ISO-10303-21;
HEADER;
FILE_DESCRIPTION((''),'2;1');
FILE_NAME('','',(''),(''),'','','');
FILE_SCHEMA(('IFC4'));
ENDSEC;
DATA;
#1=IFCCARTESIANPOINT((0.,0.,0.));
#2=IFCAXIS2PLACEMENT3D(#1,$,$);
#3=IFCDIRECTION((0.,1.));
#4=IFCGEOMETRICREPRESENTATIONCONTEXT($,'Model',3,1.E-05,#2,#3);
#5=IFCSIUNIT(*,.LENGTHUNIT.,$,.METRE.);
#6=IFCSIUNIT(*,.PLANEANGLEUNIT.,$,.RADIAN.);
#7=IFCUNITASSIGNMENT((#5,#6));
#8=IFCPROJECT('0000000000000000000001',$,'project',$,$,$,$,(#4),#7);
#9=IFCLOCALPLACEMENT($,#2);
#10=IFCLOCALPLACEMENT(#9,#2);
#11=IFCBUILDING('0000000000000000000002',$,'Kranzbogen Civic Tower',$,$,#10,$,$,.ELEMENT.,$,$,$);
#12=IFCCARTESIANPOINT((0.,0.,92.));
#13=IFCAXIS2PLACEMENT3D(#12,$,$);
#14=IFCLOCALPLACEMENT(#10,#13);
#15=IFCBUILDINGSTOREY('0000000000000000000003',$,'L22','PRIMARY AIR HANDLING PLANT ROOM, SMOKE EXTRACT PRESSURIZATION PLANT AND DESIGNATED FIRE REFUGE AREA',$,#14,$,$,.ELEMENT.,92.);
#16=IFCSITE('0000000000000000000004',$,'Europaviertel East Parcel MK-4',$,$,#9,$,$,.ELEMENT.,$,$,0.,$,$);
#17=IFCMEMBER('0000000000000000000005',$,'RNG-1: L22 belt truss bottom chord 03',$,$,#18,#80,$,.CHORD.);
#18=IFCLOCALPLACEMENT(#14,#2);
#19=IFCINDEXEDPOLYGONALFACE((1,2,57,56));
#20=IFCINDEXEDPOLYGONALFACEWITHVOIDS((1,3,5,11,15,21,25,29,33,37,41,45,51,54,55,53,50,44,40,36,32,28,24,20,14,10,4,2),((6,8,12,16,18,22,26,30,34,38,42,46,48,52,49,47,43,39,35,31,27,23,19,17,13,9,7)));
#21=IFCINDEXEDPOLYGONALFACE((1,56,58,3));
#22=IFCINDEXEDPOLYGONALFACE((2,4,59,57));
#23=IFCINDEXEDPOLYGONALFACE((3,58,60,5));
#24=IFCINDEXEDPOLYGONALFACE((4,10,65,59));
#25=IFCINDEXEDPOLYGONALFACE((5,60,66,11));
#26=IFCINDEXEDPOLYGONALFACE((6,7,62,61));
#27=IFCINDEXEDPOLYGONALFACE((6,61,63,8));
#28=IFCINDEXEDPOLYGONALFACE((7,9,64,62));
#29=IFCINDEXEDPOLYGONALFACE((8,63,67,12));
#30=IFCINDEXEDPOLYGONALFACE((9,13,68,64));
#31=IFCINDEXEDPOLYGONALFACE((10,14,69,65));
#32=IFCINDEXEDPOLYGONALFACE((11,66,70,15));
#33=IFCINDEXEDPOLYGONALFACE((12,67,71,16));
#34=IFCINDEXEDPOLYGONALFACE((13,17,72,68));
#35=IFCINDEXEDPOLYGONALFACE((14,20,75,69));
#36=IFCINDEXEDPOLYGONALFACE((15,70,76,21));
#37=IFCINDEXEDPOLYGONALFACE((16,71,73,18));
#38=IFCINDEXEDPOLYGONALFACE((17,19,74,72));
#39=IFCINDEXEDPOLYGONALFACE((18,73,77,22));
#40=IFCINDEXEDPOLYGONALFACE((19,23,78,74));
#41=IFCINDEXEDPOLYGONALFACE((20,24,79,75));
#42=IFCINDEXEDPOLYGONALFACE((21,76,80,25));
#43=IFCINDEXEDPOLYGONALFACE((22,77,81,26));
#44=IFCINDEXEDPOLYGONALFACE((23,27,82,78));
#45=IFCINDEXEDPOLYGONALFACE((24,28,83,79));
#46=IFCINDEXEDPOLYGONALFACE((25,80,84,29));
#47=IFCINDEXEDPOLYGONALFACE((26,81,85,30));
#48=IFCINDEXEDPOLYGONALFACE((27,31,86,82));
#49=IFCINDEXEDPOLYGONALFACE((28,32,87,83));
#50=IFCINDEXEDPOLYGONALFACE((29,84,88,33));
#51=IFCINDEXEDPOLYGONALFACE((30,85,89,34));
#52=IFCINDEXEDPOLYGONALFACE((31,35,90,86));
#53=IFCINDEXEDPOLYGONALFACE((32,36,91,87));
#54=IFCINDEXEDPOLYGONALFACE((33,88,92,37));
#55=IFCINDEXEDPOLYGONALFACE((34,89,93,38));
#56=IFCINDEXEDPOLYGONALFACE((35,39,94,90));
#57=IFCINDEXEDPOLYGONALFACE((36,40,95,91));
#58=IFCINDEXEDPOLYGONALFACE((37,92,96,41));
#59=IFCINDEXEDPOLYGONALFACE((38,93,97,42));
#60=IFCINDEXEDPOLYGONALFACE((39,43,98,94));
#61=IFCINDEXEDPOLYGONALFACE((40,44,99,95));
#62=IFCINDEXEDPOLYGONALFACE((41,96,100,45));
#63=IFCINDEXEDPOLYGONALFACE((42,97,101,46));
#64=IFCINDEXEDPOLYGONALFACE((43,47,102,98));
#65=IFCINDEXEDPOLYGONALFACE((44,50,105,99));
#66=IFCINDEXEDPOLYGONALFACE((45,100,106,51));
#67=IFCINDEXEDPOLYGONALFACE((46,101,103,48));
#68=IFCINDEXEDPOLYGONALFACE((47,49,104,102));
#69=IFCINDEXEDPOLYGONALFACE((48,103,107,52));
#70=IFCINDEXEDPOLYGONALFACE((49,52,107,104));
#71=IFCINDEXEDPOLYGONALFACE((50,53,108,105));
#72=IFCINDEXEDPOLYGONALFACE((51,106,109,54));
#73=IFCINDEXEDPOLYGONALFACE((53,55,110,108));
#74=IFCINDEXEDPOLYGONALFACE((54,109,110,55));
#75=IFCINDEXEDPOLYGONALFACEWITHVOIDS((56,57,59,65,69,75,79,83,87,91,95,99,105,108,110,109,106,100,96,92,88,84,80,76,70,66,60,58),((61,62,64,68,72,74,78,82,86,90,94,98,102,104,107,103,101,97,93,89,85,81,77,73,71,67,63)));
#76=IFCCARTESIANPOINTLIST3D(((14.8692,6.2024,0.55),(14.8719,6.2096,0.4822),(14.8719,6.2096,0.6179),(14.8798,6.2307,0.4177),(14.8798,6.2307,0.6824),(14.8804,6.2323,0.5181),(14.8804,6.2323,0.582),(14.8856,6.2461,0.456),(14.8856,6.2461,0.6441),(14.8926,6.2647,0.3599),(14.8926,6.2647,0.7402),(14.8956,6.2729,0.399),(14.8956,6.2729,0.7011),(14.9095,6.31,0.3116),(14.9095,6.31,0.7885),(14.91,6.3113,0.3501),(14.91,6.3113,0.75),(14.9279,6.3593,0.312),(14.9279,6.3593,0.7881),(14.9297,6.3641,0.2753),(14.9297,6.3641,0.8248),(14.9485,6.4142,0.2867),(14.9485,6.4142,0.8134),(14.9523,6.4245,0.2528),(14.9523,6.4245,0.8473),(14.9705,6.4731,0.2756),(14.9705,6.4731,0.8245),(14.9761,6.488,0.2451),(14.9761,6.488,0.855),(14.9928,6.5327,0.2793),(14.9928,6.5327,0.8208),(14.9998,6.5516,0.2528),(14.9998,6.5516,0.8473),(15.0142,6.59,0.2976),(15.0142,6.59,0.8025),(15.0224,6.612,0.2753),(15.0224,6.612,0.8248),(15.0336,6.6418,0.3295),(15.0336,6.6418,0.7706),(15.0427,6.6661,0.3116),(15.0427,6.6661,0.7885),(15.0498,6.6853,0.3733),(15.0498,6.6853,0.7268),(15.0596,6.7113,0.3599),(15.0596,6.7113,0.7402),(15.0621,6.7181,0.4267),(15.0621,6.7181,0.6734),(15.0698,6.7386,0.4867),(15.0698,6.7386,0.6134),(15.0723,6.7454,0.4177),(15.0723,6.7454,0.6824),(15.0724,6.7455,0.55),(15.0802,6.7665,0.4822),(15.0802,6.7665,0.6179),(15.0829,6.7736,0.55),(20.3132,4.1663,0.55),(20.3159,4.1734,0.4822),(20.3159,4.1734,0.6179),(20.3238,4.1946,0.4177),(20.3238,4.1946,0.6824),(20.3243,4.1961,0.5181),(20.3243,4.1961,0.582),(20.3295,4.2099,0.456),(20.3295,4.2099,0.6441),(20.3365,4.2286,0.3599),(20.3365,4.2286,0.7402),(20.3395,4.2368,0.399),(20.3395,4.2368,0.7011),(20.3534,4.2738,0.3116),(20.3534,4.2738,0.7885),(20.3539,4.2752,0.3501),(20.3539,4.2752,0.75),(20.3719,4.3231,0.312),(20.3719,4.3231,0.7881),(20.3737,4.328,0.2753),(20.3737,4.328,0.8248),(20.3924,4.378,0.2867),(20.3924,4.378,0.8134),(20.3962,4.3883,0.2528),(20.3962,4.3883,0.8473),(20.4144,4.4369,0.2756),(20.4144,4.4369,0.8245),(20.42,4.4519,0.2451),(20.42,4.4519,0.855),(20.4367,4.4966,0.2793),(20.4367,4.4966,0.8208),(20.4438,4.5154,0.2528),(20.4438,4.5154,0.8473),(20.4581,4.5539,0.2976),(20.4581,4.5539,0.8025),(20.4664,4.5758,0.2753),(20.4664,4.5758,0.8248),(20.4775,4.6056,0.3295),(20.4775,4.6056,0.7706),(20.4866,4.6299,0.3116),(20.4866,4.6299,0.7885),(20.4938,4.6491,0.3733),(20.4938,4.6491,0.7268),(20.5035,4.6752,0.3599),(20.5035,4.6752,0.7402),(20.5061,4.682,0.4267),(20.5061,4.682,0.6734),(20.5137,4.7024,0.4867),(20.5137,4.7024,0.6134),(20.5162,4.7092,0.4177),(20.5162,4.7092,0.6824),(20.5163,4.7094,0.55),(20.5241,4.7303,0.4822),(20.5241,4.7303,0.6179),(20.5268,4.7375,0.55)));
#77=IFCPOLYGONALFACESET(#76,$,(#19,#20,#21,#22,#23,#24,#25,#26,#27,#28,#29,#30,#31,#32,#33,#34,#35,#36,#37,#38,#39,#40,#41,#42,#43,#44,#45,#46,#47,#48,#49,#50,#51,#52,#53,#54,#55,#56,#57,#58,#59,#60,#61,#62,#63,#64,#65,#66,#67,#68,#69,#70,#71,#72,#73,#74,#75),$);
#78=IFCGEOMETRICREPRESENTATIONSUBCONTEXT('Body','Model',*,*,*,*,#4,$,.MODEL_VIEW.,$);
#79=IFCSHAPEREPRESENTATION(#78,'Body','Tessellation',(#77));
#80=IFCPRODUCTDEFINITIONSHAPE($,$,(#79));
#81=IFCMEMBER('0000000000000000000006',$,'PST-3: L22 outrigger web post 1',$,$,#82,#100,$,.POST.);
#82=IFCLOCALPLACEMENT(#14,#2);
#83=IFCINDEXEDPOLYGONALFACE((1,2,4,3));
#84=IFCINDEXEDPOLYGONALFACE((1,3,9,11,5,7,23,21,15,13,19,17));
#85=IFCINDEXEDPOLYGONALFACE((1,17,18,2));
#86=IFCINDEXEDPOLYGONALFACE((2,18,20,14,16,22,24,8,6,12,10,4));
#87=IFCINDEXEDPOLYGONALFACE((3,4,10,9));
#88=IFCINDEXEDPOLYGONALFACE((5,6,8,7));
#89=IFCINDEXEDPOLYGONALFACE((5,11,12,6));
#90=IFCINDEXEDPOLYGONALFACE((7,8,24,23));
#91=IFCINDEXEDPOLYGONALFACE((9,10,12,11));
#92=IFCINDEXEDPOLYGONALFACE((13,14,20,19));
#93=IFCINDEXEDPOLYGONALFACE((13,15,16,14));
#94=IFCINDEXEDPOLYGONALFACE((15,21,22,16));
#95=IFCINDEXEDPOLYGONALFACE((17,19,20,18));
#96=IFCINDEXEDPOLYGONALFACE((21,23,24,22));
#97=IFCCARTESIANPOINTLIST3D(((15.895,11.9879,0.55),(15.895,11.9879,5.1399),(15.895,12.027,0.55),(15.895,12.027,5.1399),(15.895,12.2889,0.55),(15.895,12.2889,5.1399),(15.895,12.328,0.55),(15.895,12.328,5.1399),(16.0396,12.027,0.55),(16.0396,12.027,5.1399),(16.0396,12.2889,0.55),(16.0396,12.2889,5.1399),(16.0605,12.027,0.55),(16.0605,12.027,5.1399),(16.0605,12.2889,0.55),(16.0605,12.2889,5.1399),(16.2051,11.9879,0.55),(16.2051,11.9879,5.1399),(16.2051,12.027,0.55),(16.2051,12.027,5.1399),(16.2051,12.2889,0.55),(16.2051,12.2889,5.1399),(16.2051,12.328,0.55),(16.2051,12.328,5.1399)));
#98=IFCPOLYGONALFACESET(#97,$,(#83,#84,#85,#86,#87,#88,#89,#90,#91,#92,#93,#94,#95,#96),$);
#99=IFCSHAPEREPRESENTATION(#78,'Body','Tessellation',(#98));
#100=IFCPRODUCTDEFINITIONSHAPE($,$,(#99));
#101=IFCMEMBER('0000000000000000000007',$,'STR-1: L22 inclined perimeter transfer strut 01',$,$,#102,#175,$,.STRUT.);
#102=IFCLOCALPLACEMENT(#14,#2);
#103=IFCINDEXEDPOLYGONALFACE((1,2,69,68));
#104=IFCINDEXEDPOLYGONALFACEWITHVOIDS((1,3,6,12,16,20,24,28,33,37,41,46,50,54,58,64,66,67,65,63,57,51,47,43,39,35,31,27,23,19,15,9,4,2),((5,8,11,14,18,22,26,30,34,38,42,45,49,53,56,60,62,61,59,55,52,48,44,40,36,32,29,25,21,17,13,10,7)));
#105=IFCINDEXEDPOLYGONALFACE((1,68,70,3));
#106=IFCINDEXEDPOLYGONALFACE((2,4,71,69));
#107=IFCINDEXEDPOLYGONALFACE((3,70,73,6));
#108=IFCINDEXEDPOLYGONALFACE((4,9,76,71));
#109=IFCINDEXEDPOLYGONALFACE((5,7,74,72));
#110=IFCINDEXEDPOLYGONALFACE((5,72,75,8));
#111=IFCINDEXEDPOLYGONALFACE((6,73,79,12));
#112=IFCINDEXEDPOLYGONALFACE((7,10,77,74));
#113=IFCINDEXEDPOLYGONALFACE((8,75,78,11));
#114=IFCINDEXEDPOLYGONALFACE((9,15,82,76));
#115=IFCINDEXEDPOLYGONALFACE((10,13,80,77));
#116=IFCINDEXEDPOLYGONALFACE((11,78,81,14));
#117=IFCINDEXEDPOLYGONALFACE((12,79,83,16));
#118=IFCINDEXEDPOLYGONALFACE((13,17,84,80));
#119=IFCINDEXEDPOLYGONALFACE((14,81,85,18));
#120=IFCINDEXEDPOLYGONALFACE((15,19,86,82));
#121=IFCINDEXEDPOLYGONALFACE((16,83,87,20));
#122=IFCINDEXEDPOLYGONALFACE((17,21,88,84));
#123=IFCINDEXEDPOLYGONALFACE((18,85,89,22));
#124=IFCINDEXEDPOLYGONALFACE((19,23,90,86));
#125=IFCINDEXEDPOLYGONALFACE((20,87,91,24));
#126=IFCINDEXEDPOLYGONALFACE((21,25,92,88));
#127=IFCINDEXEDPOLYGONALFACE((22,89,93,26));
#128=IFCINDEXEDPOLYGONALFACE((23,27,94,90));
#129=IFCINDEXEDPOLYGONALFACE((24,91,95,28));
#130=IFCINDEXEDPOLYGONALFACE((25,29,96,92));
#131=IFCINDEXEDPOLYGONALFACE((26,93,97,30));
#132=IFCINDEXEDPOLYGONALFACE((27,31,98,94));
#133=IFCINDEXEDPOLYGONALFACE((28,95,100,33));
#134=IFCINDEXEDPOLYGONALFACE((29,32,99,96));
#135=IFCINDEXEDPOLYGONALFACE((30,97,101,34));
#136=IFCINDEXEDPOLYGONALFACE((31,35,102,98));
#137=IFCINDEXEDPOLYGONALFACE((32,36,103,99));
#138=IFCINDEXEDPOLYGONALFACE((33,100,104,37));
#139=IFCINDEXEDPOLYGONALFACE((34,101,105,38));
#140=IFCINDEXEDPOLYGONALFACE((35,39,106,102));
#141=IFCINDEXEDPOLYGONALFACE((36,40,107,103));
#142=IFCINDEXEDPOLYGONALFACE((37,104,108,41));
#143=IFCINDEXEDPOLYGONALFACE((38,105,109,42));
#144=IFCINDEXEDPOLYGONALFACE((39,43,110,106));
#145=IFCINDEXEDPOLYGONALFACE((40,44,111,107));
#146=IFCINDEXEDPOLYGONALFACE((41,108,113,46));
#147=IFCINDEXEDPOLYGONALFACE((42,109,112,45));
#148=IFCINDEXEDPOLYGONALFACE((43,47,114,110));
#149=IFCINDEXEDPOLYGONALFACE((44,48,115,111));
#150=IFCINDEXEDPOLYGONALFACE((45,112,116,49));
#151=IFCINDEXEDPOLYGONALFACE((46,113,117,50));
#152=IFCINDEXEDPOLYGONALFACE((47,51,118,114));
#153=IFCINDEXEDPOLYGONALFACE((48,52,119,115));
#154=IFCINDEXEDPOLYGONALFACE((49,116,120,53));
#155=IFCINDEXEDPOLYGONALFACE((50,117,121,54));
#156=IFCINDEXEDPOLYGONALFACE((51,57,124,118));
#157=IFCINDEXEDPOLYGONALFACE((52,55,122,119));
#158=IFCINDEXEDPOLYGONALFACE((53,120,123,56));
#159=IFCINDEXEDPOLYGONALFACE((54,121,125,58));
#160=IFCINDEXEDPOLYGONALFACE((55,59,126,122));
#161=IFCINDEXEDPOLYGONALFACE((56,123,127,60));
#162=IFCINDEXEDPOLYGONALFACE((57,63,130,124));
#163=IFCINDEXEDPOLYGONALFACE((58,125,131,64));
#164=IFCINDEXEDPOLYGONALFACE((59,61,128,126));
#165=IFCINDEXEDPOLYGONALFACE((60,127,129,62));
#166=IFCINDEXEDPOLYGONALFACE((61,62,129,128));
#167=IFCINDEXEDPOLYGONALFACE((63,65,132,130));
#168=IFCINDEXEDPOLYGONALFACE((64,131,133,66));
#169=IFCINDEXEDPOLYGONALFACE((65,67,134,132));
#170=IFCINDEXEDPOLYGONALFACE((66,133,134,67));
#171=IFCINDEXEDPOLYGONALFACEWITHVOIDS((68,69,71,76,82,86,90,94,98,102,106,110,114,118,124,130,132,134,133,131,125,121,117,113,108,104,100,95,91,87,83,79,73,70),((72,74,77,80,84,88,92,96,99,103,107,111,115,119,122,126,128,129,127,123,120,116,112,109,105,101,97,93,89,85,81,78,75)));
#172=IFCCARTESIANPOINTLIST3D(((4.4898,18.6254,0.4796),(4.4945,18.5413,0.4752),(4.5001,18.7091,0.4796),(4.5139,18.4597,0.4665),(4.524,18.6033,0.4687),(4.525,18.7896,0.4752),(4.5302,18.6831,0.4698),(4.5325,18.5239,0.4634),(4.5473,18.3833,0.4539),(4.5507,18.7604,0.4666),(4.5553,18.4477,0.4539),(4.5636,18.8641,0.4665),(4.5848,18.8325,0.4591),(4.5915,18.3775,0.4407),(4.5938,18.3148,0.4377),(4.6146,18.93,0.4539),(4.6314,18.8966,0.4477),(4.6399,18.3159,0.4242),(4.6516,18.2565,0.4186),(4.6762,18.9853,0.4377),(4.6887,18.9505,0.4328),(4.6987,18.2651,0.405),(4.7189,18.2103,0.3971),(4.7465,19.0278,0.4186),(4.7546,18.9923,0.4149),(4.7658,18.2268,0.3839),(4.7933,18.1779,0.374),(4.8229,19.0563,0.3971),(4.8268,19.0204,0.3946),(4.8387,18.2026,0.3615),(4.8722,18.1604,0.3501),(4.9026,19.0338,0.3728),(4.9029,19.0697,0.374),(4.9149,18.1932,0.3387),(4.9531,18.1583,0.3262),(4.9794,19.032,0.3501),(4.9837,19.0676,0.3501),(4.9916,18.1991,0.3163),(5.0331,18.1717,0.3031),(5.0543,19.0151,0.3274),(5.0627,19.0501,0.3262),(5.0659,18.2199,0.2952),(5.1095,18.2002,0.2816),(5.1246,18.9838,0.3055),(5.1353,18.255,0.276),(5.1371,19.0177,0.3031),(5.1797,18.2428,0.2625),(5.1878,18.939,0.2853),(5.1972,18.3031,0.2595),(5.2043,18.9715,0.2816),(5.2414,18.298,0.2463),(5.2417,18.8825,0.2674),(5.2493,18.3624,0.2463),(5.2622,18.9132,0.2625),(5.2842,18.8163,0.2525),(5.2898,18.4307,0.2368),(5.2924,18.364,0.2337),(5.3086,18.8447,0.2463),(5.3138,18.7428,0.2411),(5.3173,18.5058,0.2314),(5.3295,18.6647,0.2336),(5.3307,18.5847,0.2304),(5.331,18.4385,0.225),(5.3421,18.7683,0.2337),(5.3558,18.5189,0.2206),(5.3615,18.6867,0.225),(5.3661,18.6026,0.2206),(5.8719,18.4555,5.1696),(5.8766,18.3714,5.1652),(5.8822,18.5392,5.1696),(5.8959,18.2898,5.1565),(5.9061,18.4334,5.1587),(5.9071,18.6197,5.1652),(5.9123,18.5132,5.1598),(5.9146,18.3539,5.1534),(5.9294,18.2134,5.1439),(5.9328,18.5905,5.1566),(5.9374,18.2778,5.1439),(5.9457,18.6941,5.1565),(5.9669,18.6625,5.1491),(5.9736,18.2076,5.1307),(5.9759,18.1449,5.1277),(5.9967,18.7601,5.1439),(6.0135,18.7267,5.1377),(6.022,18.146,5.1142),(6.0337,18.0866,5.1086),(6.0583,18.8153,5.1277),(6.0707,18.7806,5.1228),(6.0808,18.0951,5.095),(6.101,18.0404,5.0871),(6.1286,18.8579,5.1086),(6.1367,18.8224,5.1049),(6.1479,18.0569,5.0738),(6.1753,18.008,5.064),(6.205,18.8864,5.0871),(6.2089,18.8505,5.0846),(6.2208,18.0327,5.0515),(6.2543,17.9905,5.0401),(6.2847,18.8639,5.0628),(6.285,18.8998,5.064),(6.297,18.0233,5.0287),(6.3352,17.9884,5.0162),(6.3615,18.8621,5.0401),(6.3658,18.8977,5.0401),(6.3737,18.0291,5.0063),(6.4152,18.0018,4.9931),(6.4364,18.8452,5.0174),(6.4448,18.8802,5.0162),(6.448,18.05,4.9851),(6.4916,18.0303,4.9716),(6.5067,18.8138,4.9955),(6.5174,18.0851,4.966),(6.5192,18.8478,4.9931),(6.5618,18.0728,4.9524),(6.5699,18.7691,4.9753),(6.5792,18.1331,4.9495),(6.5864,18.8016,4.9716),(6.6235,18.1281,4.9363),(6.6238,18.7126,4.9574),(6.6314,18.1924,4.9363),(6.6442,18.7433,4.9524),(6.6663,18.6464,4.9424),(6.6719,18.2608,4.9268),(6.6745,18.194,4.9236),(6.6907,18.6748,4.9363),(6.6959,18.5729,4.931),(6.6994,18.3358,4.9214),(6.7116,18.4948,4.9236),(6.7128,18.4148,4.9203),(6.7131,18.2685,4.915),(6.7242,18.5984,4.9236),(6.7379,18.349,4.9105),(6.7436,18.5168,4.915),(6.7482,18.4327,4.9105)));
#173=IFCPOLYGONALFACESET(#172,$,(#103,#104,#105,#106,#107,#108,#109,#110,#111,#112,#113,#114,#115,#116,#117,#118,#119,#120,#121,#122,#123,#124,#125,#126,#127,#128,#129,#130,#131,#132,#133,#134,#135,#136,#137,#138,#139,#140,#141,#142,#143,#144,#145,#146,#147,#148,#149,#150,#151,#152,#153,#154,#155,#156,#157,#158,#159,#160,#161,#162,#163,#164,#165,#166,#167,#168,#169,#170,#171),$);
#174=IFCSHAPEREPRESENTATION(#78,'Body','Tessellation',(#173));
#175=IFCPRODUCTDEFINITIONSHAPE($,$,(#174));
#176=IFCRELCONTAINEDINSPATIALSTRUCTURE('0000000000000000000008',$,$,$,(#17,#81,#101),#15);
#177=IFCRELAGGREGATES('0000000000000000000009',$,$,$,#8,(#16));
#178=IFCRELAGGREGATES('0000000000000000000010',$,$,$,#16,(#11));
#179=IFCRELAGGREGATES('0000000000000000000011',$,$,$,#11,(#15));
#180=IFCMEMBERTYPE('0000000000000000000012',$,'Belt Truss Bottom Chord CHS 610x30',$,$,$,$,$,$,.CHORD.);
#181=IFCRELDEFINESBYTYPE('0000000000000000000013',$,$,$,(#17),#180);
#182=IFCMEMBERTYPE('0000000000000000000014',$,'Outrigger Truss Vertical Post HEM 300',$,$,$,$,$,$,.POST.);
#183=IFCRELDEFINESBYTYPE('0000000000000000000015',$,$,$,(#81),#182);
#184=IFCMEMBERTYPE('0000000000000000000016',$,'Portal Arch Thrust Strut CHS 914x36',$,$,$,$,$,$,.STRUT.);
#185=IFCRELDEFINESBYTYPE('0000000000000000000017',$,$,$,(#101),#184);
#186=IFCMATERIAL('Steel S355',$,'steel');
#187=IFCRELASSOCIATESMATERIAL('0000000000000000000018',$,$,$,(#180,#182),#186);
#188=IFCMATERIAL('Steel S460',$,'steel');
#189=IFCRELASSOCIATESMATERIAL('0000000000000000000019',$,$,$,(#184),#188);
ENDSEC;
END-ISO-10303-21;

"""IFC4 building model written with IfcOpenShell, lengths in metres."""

from ifc_helpers import new_model, si_unit, direction, frame, origin, origin_2d, place, context, subcontext, project, spatial, hollow_circle, i_section, extrude, material, material_profile, profile_set, type_object, element, save


model = new_model("IFC4")

# Units and contexts
model_context = context("Model", 3, precision=1e-05, world=origin(), true_north=direction((0.0, 1.0)))
body_context = subcontext(model_context, "Body", "Model", "MODEL_VIEW")
ifc_project = project(units=[si_unit("LENGTHUNIT", "METRE"), si_unit("PLANEANGLEUNIT", "RADIAN")], contexts=[model_context])

# Site, building, storey
site_placement = place(None, origin())
site = spatial("IfcSite", under=ifc_project, at=site_placement, Name="Europaviertel East Parcel MK-4", CompositionType="ELEMENT", RefElevation=0.0)
building_placement = place(site_placement, origin())
building = spatial("IfcBuilding", under=site, at=building_placement, Name="Kranzbogen Civic Tower", CompositionType="ELEMENT")
storey_placement = place(building_placement, frame((0.0, 0.0, 92.0)))
storey = spatial("IfcBuildingStorey", under=building, at=storey_placement, Name="L22", Description="PRIMARY AIR HANDLING PLANT ROOM, SMOKE EXTRACT PRESSURIZATION PLANT AND DESIGNATED FIRE REFUGE AREA", CompositionType="ELEMENT", Elevation=92.0)

# Shared definitions
ifc_material_1 = material(Name="Steel S355", Category="steel")

# Members
ifc_material_profile_1 = material_profile(ifc_material_1, hollow_circle(Radius=0.3049, WallThickness=0.03, at=origin_2d()), Name="CHS 610x30")
ifc_profile_set_1 = profile_set([ifc_material_profile_1], Name="Steel S355")
member_type_1 = type_object("IfcMemberType", Name="Belt Truss Bottom Chord CHS 610x30", PredefinedType="CHORD", material=ifc_profile_set_1)
member_1_placement = place(storey_placement, frame((14.9761, 6.488, 0.55), z_axis=(0.936629, -0.350322, 0.0), x_axis=(0.350322, 0.936629, 0.0)))
element("IfcMember", 1, at=member_1_placement, inside=storey, type_object=member_type_1, Name="RNG-1: L22 belt truss bottom chord 03", PredefinedType="CHORD", context=body_context, shape_type="SweptSolid", body=[
    extrude(hollow_circle(Radius=0.3049, WallThickness=0.03, at=origin_2d()), origin(), (0.0, 0.0, 1.0), 5.8123),
])
ifc_material_profile_2 = material_profile(ifc_material_1, i_section(OverallWidth=0.3101, OverallDepth=0.3401, WebThickness=0.021, FlangeThickness=0.0391, at=origin_2d()), Name="HEM 300")
ifc_profile_set_2 = profile_set([ifc_material_profile_2], Name="Steel S355")
member_type_2 = type_object("IfcMemberType", Name="Outrigger Truss Vertical Post HEM 300", PredefinedType="POST", material=ifc_profile_set_2)
member_2_placement = place(storey_placement, frame((16.05, 12.158, 0.55), z_axis=(0.0, 0.0, 1.0), x_axis=(1.0, 0.0, 0.0)))
element("IfcMember", 2, at=member_2_placement, inside=storey, type_object=member_type_2, Name="PST-3: L22 outrigger web post 1", PredefinedType="POST", context=body_context, shape_type="SweptSolid", body=[
    extrude(i_section(OverallWidth=0.3101, OverallDepth=0.3401, WebThickness=0.021, FlangeThickness=0.0391, at=origin_2d()), origin(), (0.0, 0.0, 1.0), 4.5898),
])
ifc_material_2 = material(Name="Steel S460", Category="steel")
ifc_material_profile_3 = material_profile(ifc_material_2, hollow_circle(Radius=0.457, WallThickness=0.0359, at=origin_2d()), Name="CHS 914x36")
ifc_profile_set_3 = profile_set([ifc_material_profile_3], Name="Steel S460")
member_type_3 = type_object("IfcMemberType", Name="Portal Arch Thrust Strut CHS 914x36", PredefinedType="STRUT", material=ifc_profile_set_3)
member_3_placement = place(storey_placement, frame((4.928, 18.614, 0.3501), z_axis=(0.282501, -0.034733, 0.958638), x_axis=(0.122028, 0.992527, 0.0)))
element("IfcMember", 3, at=member_3_placement, inside=storey, type_object=member_type_3, Name="STR-1: L22 inclined perimeter transfer strut 01", PredefinedType="STRUT", context=body_context, shape_type="SweptSolid", body=[
    extrude(hollow_circle(Radius=0.457, WallThickness=0.0359, at=origin_2d()), origin(), (0.0, 0.0, 1.0), 4.8923),
])

save(model, "model.ifc")
